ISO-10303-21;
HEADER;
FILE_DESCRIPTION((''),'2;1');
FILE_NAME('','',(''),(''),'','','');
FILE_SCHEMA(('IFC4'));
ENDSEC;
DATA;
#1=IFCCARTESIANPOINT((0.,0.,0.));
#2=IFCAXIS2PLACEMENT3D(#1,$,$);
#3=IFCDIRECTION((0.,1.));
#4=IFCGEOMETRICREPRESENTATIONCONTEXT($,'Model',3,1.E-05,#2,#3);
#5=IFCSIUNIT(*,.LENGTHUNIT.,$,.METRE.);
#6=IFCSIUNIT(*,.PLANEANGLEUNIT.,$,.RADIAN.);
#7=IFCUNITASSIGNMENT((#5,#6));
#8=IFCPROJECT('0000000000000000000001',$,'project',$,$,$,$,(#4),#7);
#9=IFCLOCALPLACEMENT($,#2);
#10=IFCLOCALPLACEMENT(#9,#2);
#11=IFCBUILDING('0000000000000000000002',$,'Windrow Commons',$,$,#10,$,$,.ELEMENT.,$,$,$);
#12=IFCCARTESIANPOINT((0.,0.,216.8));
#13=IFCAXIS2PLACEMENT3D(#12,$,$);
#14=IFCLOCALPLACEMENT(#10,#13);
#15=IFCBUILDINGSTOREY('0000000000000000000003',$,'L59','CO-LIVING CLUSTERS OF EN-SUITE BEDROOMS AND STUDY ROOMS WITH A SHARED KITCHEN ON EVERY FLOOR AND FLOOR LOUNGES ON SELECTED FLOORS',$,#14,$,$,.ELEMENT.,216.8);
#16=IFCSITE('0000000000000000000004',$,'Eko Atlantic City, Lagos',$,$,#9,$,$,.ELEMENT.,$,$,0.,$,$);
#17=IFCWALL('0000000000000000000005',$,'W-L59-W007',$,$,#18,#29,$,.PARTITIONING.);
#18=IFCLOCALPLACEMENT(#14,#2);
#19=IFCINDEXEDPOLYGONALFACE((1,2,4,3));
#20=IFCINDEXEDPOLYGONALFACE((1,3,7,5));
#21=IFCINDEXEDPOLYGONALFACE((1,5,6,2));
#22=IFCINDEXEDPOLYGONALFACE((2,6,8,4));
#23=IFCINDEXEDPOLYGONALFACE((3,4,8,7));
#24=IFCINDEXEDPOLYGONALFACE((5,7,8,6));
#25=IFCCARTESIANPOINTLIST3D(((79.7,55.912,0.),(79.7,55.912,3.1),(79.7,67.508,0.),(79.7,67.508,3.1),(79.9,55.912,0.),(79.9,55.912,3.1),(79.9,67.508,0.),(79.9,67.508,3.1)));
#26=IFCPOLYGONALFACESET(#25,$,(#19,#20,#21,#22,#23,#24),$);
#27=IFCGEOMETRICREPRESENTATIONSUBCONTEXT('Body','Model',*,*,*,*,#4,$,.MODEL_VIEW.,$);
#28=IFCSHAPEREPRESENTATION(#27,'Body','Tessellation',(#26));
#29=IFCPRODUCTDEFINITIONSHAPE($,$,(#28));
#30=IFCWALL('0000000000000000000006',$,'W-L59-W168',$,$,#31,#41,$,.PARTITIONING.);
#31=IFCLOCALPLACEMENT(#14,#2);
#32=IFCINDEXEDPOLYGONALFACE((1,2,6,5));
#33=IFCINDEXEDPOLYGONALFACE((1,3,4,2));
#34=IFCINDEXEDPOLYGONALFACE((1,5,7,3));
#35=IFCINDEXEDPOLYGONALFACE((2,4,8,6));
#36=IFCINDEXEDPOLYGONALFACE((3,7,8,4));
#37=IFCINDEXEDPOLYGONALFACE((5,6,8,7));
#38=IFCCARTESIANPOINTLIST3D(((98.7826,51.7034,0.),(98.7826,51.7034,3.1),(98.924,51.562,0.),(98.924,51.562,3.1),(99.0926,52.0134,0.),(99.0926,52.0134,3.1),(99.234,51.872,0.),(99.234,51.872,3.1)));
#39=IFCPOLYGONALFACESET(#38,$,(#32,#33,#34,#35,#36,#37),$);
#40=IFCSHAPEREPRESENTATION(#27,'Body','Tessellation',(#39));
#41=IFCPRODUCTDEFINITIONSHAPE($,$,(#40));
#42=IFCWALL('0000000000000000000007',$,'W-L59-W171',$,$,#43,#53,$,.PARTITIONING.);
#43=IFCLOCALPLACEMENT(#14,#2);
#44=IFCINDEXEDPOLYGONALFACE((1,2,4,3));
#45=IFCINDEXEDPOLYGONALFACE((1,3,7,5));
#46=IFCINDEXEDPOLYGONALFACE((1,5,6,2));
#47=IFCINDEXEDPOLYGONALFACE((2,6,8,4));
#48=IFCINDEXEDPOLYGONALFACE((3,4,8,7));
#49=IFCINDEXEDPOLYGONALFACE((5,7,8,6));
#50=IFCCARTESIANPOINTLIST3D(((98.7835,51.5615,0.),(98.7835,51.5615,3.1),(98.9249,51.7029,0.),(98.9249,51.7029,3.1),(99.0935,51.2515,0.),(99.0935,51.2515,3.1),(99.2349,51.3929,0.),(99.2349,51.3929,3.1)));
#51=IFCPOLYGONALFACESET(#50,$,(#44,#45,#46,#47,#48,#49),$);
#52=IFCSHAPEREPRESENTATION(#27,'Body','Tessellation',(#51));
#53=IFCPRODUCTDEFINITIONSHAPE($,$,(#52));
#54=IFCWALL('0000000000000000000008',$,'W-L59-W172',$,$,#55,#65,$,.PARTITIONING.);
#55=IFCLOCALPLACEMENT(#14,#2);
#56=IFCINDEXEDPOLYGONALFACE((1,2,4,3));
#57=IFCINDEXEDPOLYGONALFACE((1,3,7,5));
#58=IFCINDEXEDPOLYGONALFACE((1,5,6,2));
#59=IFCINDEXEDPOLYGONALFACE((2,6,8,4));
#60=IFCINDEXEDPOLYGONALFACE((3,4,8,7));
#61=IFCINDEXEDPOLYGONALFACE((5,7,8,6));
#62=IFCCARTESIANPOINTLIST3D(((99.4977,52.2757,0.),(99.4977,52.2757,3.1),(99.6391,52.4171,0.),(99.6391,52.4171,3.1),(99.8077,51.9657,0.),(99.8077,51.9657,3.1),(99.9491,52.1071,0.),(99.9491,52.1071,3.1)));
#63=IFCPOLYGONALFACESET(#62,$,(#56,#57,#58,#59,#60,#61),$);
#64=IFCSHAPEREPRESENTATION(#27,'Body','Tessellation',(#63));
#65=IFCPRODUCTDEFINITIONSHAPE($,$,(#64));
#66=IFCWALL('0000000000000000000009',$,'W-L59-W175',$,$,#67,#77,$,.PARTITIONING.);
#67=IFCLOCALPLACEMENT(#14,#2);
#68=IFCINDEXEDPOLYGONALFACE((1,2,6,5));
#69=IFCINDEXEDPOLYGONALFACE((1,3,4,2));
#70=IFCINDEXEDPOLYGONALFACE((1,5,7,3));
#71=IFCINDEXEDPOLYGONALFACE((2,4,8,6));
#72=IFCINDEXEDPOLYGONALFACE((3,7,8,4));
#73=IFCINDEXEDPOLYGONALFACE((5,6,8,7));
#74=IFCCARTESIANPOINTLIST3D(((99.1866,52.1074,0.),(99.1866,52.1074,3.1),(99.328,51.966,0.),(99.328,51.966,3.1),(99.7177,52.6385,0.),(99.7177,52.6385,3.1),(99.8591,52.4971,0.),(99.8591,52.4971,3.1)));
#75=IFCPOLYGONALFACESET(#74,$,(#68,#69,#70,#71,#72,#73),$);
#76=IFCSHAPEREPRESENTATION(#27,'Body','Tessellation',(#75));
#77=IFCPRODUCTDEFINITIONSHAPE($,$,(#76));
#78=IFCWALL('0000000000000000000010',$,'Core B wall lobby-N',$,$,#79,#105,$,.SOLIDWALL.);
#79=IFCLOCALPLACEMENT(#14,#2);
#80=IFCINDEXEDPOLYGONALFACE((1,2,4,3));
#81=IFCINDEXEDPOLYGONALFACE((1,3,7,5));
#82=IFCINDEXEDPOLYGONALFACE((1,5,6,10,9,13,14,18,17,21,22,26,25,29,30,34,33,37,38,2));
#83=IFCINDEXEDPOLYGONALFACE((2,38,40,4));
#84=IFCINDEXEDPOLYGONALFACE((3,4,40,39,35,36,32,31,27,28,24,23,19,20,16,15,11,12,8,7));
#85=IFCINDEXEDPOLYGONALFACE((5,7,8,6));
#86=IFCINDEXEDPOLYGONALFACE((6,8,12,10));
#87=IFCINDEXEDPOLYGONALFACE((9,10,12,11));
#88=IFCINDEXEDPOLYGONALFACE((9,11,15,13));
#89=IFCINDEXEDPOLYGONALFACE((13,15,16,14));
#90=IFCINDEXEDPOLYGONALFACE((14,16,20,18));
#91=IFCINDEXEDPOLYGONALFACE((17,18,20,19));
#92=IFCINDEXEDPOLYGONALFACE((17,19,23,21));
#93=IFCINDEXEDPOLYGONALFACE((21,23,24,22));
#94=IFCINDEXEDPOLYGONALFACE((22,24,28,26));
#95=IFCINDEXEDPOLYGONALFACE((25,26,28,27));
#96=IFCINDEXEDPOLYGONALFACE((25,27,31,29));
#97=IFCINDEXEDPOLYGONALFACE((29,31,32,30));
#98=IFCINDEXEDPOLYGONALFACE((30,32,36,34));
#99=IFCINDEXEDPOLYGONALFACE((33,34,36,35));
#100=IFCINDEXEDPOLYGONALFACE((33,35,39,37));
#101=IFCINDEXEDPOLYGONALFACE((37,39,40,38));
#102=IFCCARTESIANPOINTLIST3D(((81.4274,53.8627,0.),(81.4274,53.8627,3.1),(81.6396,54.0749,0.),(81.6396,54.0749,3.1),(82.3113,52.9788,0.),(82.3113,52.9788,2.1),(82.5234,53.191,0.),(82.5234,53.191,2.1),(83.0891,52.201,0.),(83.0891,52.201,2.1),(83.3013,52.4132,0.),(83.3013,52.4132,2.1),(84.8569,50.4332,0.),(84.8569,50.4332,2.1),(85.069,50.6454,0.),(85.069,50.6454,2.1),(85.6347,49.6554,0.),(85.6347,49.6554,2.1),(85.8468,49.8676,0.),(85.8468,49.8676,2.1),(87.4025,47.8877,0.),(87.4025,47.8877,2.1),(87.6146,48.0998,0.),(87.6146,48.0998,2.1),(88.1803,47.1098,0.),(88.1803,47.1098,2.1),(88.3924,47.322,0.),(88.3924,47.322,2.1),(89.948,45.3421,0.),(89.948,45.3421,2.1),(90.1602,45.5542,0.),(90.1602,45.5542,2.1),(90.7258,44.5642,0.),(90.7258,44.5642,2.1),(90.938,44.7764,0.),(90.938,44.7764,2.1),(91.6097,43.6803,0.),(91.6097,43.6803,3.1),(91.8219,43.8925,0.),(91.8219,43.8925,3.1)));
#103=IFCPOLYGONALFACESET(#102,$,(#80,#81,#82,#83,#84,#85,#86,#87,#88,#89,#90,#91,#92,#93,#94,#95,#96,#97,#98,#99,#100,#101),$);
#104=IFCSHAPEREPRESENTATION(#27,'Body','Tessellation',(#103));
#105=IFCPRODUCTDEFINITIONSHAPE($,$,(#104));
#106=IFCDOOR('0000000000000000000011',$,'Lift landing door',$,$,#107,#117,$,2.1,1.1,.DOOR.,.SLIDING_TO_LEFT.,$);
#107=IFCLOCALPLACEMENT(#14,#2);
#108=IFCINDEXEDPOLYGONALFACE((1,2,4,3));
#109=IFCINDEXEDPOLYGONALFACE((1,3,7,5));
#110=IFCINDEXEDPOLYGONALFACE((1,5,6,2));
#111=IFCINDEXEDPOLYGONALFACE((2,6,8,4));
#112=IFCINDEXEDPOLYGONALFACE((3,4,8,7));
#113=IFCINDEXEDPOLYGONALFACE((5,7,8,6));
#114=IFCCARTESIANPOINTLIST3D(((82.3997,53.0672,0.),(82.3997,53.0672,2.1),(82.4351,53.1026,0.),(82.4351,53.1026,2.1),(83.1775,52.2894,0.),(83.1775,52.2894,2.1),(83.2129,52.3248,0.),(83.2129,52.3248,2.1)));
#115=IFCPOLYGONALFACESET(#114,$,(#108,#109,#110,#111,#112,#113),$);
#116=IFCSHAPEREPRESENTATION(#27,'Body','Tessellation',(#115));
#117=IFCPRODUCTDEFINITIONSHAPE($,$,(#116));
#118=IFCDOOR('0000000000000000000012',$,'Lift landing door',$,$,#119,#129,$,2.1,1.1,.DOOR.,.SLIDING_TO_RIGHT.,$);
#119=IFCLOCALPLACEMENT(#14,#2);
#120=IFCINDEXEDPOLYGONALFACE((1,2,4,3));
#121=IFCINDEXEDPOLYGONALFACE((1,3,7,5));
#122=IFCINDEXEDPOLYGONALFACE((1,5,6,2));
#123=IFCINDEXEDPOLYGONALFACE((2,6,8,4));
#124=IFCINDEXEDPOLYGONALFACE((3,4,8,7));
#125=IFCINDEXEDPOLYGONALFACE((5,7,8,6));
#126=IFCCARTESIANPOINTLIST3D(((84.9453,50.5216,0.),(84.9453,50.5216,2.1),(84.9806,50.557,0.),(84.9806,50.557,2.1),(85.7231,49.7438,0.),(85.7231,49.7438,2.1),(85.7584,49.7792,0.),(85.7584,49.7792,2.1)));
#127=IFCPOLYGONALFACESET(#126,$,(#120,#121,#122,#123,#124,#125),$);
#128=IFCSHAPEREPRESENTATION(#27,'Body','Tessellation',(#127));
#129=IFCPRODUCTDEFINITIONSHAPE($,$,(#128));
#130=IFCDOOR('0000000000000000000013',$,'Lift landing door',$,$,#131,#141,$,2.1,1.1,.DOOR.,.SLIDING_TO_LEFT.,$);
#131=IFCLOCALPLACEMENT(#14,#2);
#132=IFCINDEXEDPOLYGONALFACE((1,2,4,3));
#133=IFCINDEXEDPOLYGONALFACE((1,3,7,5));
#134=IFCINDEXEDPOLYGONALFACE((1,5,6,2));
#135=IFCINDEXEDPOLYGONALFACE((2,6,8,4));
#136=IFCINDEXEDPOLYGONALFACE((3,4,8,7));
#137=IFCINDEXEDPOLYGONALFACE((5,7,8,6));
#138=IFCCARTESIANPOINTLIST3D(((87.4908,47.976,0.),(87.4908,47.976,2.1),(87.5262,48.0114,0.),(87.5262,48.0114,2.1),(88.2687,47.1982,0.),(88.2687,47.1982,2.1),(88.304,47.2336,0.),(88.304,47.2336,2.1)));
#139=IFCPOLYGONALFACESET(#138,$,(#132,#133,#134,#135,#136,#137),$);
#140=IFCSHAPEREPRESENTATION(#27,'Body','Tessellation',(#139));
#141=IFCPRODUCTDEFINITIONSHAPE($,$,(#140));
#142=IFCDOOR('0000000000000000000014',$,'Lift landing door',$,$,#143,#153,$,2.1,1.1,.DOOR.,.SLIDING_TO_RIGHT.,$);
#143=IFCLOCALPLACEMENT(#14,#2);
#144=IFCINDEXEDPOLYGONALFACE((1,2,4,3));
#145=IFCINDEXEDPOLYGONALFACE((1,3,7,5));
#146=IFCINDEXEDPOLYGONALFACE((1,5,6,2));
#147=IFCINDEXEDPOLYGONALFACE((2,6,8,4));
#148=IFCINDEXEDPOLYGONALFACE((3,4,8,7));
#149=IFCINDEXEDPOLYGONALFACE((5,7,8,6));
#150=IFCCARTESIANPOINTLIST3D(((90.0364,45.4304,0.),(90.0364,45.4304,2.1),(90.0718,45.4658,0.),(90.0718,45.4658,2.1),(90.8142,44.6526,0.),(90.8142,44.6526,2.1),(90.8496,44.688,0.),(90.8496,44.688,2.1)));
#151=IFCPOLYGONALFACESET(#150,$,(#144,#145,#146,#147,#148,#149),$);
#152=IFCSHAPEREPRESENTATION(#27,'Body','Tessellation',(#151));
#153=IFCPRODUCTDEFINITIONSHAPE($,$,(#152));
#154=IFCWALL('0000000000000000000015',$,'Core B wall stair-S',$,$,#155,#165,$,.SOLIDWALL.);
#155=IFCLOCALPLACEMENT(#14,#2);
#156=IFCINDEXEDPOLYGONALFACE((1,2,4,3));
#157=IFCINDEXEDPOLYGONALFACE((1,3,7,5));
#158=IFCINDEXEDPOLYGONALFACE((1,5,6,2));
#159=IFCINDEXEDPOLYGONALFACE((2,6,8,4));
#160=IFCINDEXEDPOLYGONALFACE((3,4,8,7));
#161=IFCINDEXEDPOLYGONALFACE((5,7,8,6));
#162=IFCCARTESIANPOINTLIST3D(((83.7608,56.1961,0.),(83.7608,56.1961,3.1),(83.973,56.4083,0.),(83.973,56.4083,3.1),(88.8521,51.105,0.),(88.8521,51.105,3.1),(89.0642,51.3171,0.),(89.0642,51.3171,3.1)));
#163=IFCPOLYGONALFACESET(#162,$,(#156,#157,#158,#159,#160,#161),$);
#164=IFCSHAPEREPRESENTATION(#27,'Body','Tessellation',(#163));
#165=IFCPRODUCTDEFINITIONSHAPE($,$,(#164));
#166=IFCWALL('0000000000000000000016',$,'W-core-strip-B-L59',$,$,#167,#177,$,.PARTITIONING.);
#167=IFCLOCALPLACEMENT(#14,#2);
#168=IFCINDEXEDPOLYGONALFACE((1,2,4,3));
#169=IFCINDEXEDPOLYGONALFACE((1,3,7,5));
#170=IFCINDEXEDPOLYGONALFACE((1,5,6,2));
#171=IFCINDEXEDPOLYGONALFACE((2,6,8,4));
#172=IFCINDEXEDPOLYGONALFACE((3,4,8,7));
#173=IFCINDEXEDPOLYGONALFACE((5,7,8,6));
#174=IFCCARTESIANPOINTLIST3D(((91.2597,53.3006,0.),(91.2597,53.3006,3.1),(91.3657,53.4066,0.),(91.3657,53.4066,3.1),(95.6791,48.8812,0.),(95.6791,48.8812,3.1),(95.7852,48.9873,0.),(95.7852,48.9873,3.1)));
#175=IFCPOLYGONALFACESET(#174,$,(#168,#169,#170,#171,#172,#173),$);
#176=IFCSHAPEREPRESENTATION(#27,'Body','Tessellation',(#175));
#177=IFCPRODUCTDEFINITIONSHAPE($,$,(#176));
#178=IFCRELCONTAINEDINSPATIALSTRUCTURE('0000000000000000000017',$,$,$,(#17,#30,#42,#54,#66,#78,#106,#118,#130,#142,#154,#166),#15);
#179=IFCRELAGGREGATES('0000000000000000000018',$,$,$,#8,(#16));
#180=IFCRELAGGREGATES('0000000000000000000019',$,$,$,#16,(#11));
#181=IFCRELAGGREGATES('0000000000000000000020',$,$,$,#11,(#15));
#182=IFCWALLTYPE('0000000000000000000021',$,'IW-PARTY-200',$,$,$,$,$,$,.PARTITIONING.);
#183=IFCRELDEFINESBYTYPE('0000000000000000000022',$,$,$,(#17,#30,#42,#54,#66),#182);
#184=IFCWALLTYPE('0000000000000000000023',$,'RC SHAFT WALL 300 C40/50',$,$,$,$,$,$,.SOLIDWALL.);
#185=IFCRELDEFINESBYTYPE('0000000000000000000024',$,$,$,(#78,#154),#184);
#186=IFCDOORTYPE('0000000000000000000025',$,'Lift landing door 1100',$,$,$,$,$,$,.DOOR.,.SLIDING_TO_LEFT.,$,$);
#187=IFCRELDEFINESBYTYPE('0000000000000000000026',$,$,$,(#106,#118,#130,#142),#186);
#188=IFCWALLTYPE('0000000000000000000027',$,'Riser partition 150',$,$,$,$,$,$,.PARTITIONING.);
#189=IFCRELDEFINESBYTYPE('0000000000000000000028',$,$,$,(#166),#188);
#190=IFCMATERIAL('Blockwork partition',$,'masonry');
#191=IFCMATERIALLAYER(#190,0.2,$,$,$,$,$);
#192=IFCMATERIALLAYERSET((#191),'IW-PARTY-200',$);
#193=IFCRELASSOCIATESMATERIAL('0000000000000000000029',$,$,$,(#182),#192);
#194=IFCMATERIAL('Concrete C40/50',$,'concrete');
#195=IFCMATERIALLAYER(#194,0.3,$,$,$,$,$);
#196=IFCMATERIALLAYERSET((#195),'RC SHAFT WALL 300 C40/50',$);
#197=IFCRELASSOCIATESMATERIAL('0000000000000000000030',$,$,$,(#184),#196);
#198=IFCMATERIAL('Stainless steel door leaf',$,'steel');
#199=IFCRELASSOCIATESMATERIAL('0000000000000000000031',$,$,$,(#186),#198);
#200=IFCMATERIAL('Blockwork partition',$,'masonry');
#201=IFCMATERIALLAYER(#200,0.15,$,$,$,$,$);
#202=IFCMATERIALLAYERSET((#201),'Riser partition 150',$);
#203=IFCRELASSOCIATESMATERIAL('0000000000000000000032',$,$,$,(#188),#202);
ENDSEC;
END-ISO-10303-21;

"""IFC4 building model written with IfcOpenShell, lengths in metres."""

from ifc_helpers import new_model, si_unit, direction, frame, frame_2d, origin, place, context, subcontext, project, spatial, rectangle, extrude, material, layer, layer_set, type_object, element, fill, save


model = new_model("IFC4")

# Units and contexts
model_context = context("Model", 3, precision=1e-05, world=origin(), true_north=direction((0.0, 1.0)))
body_context = subcontext(model_context, "Body", "Model", "MODEL_VIEW")
ifc_project = project(units=[si_unit("LENGTHUNIT", "METRE"), si_unit("PLANEANGLEUNIT", "RADIAN")], contexts=[model_context])

# Site, building, storey
site_placement = place(None, origin())
site = spatial("IfcSite", under=ifc_project, at=site_placement, Name="Eko Atlantic City, Lagos", CompositionType="ELEMENT", RefElevation=0.0)
building_placement = place(site_placement, origin())
building = spatial("IfcBuilding", under=site, at=building_placement, Name="Windrow Commons", CompositionType="ELEMENT")
storey_placement = place(building_placement, frame((0.0, 0.0, 216.8)))
storey = spatial("IfcBuildingStorey", under=building, at=storey_placement, Name="L59", Description="CO-LIVING CLUSTERS OF EN-SUITE BEDROOMS AND STUDY ROOMS WITH A SHARED KITCHEN ON EVERY FLOOR AND FLOOR LOUNGES ON SELECTED FLOORS", CompositionType="ELEMENT", Elevation=216.8)

# Walls
ifc_material_1 = material(Name="Blockwork partition", Category="masonry")
ifc_layer_1 = layer(ifc_material_1, 0.2)
ifc_layer_set_1 = layer_set([ifc_layer_1], Name="IW-PARTY-200")
wall_type_1 = type_object("IfcWallType", Name="IW-PARTY-200", PredefinedType="PARTITIONING", material=ifc_layer_set_1)
wall_1_placement = place(storey_placement, frame((79.8, 55.912, 0.0), z_axis=(0.0, 0.0, 1.0), x_axis=(0.0, 1.0, 0.0)))
element("IfcWall", 1, at=wall_1_placement, inside=storey, type_object=wall_type_1, Name="W-L59-W007", PredefinedType="PARTITIONING", context=body_context, shape_type="SweptSolid", body=[
    extrude(rectangle(XDim=11.596, YDim=0.2, at=frame_2d((5.798, 0.0))), origin(), (0.0, 0.0, 1.0), 3.1),
])
for number, where, z_axis, x_axis, name in (
    (2, (98.8533, 51.6327, 0.0), (0.0, 0.0, 1.0), (0.707107, 0.707107, 0.0), "W-L59-W168"),
    (3, (98.8542, 51.6322, 0.0), (0.0, 0.0, 1.0), (0.707107, -0.707107, 0.0), "W-L59-W171"),
    (4, (99.5684, 52.3464, 0.0), (0.0, 0.0, 1.0), (0.707107, -0.707107, 0.0), "W-L59-W172"),
):
    element("IfcWall", number, at=place(storey_placement, frame(where, z_axis=z_axis, x_axis=x_axis)), inside=storey, type_object=wall_type_1, Name=name, PredefinedType="PARTITIONING", context=body_context, shape_type="SweptSolid", body=[
        extrude(rectangle(XDim=0.4384, YDim=0.2, at=frame_2d((0.2192, 0.0))), origin(), (0.0, 0.0, 1.0), 3.1),
    ])
wall_2_placement = place(storey_placement, frame((99.2573, 52.0367, 0.0), z_axis=(0.0, 0.0, 1.0), x_axis=(0.707107, 0.707107, 0.0)))
element("IfcWall", 5, at=wall_2_placement, inside=storey, type_object=wall_type_1, Name="W-L59-W175", PredefinedType="PARTITIONING", context=body_context, shape_type="SweptSolid", body=[
    extrude(rectangle(XDim=0.7511, YDim=0.2, at=frame_2d((0.3755, 0.0))), origin(), (0.0, 0.0, 1.0), 3.1),
])

# Wall, openings, doors
ifc_material_2 = material(Name="Concrete C40/50", Category="concrete")
ifc_layer_2 = layer(ifc_material_2, 0.3)
ifc_layer_set_2 = layer_set([ifc_layer_2], Name="RC SHAFT WALL 300 C40/50")
wall_type_2 = type_object("IfcWallType", Name="RC SHAFT WALL 300 C40/50", PredefinedType="SOLIDWALL", material=ifc_layer_set_2)
wall_3_placement = place(storey_placement, frame((81.5335, 53.9688, 0.0), z_axis=(0.0, 0.0, 1.0), x_axis=(0.707103, -0.70711, 0.0)))
wall_3 = element("IfcWall", 6, at=wall_3_placement, inside=storey, type_object=wall_type_2, Name="Core B wall lobby-N", PredefinedType="SOLIDWALL", context=body_context, shape_type="SweptSolid", body=[
    extrude(rectangle(XDim=14.4, YDim=0.3, at=frame_2d((7.2, 0.0))), origin(), (0.0, 0.0, 1.0), 3.1),
])
opening_1_placement = place(wall_3_placement, frame((1.25, 0.0, 0.0)))
opening_1 = element("IfcOpeningElement", 7, at=opening_1_placement, cuts=wall_3, PredefinedType="OPENING", context=body_context, shape_type="SweptSolid", body=[
    extrude(rectangle(XDim=1.1, YDim=2.1, at=frame_2d((0.55, 1.05))), frame((0.0, 0.16, 0.0), z_axis=(0.0, -1.0, 0.0), x_axis=(1.0, 0.0, 0.0)), (0.0, 0.0, 1.0), 0.32),
])
opening_2_placement = place(wall_3_placement, frame((4.85, 0.0, 0.0)))
opening_2 = element("IfcOpeningElement", 8, at=opening_2_placement, cuts=wall_3, PredefinedType="OPENING", context=body_context, shape_type="SweptSolid", body=[
    extrude(rectangle(XDim=1.1, YDim=2.1, at=frame_2d((0.55, 1.05))), frame((0.0, 0.16, 0.0), z_axis=(0.0, -1.0, 0.0), x_axis=(1.0, 0.0, 0.0)), (0.0, 0.0, 1.0), 0.32),
])
opening_3_placement = place(wall_3_placement, frame((8.45, 0.0, 0.0)))
opening_3 = element("IfcOpeningElement", 9, at=opening_3_placement, cuts=wall_3, PredefinedType="OPENING", context=body_context, shape_type="SweptSolid", body=[
    extrude(rectangle(XDim=1.1, YDim=2.1, at=frame_2d((0.55, 1.05))), frame((0.0, 0.16, 0.0), z_axis=(0.0, -1.0, 0.0), x_axis=(1.0, 0.0, 0.0)), (0.0, 0.0, 1.0), 0.32),
])
opening_4_placement = place(wall_3_placement, frame((12.05, 0.0, 0.0)))
opening_4 = element("IfcOpeningElement", 10, at=opening_4_placement, cuts=wall_3, PredefinedType="OPENING", context=body_context, shape_type="SweptSolid", body=[
    extrude(rectangle(XDim=1.1, YDim=2.1, at=frame_2d((0.55, 1.05))), frame((0.0, 0.16, 0.0), z_axis=(0.0, -1.0, 0.0), x_axis=(1.0, 0.0, 0.0)), (0.0, 0.0, 1.0), 0.32),
])
ifc_material_3 = material(Name="Stainless steel door leaf", Category="steel")
door_type_1 = type_object("IfcDoorType", Name="Lift landing door 1100", OperationType="SLIDING_TO_LEFT", PredefinedType="DOOR", material=ifc_material_3)
door_1_placement = place(opening_1_placement, origin())
door_1 = element("IfcDoor", 11, at=door_1_placement, inside=storey, type_object=door_type_1, Name="Lift landing door", OperationType="SLIDING_TO_LEFT", OverallHeight=2.1, OverallWidth=1.1, PredefinedType="DOOR", context=body_context, shape_type="SweptSolid", body=[
    extrude(rectangle(XDim=1.1, YDim=2.1, at=frame_2d((0.55, 1.05))), frame((0.0, 0.025, 0.0), z_axis=(0.0, -1.0, 0.0), x_axis=(1.0, 0.0, 0.0)), (0.0, 0.0, 1.0), 0.05),
])
fill(opening_1, door_1)
door_2_placement = place(opening_2_placement, origin())
door_2 = element("IfcDoor", 12, at=door_2_placement, inside=storey, type_object=door_type_1, Name="Lift landing door", OperationType="SLIDING_TO_RIGHT", OverallHeight=2.1, OverallWidth=1.1, PredefinedType="DOOR", context=body_context, shape_type="SweptSolid", body=[
    extrude(rectangle(XDim=1.1, YDim=2.1, at=frame_2d((0.55, 1.05))), frame((0.0, 0.025, 0.0), z_axis=(0.0, -1.0, 0.0), x_axis=(1.0, 0.0, 0.0)), (0.0, 0.0, 1.0), 0.05),
])
fill(opening_2, door_2)
door_3_placement = place(opening_3_placement, origin())
door_3 = element("IfcDoor", 13, at=door_3_placement, inside=storey, type_object=door_type_1, Name="Lift landing door", OperationType="SLIDING_TO_LEFT", OverallHeight=2.1, OverallWidth=1.1, PredefinedType="DOOR", context=body_context, shape_type="SweptSolid", body=[
    extrude(rectangle(XDim=1.1, YDim=2.1, at=frame_2d((0.55, 1.05))), frame((0.0, 0.025, 0.0), z_axis=(0.0, -1.0, 0.0), x_axis=(1.0, 0.0, 0.0)), (0.0, 0.0, 1.0), 0.05),
])
fill(opening_3, door_3)
door_4_placement = place(opening_4_placement, origin())
door_4 = element("IfcDoor", 14, at=door_4_placement, inside=storey, type_object=door_type_1, Name="Lift landing door", OperationType="SLIDING_TO_RIGHT", OverallHeight=2.1, OverallWidth=1.1, PredefinedType="DOOR", context=body_context, shape_type="SweptSolid", body=[
    extrude(rectangle(XDim=1.1, YDim=2.1, at=frame_2d((0.55, 1.05))), frame((0.0, 0.025, 0.0), z_axis=(0.0, -1.0, 0.0), x_axis=(1.0, 0.0, 0.0)), (0.0, 0.0, 1.0), 0.05),
])
fill(opening_4, door_4)

# Walls
wall_4_placement = place(storey_placement, frame((83.8669, 56.3022, 0.0), z_axis=(0.0, 0.0, 1.0), x_axis=(0.707114, -0.7071, 0.0)))
element("IfcWall", 15, at=wall_4_placement, inside=storey, type_object=wall_type_2, Name="Core B wall stair-S", PredefinedType="SOLIDWALL", context=body_context, shape_type="SweptSolid", body=[
    extrude(rectangle(XDim=7.2, YDim=0.3, at=frame_2d((3.6, 0.0))), origin(), (0.0, 0.0, 1.0), 3.1),
])
ifc_material_4 = material(Name="Blockwork partition", Category="masonry")
ifc_layer_3 = layer(ifc_material_4, 0.15)
ifc_layer_set_3 = layer_set([ifc_layer_3], Name="Riser partition 150")
wall_type_3 = type_object("IfcWallType", Name="Riser partition 150", PredefinedType="PARTITIONING", material=ifc_layer_set_3)
wall_5_placement = place(storey_placement, frame((91.3127, 53.3536, 0.0), z_axis=(0.0, 0.0, 1.0), x_axis=(0.707115, -0.707099, 0.0)))
element("IfcWall", 16, at=wall_5_placement, inside=storey, type_object=wall_type_3, Name="W-core-strip-B-L59", PredefinedType="PARTITIONING", context=body_context, shape_type="SweptSolid", body=[
    extrude(rectangle(XDim=6.25, YDim=0.15, at=frame_2d((3.125, 0.0))), origin(), (0.0, 0.0, 1.0), 3.1),
])

save(model, "model.ifc")
